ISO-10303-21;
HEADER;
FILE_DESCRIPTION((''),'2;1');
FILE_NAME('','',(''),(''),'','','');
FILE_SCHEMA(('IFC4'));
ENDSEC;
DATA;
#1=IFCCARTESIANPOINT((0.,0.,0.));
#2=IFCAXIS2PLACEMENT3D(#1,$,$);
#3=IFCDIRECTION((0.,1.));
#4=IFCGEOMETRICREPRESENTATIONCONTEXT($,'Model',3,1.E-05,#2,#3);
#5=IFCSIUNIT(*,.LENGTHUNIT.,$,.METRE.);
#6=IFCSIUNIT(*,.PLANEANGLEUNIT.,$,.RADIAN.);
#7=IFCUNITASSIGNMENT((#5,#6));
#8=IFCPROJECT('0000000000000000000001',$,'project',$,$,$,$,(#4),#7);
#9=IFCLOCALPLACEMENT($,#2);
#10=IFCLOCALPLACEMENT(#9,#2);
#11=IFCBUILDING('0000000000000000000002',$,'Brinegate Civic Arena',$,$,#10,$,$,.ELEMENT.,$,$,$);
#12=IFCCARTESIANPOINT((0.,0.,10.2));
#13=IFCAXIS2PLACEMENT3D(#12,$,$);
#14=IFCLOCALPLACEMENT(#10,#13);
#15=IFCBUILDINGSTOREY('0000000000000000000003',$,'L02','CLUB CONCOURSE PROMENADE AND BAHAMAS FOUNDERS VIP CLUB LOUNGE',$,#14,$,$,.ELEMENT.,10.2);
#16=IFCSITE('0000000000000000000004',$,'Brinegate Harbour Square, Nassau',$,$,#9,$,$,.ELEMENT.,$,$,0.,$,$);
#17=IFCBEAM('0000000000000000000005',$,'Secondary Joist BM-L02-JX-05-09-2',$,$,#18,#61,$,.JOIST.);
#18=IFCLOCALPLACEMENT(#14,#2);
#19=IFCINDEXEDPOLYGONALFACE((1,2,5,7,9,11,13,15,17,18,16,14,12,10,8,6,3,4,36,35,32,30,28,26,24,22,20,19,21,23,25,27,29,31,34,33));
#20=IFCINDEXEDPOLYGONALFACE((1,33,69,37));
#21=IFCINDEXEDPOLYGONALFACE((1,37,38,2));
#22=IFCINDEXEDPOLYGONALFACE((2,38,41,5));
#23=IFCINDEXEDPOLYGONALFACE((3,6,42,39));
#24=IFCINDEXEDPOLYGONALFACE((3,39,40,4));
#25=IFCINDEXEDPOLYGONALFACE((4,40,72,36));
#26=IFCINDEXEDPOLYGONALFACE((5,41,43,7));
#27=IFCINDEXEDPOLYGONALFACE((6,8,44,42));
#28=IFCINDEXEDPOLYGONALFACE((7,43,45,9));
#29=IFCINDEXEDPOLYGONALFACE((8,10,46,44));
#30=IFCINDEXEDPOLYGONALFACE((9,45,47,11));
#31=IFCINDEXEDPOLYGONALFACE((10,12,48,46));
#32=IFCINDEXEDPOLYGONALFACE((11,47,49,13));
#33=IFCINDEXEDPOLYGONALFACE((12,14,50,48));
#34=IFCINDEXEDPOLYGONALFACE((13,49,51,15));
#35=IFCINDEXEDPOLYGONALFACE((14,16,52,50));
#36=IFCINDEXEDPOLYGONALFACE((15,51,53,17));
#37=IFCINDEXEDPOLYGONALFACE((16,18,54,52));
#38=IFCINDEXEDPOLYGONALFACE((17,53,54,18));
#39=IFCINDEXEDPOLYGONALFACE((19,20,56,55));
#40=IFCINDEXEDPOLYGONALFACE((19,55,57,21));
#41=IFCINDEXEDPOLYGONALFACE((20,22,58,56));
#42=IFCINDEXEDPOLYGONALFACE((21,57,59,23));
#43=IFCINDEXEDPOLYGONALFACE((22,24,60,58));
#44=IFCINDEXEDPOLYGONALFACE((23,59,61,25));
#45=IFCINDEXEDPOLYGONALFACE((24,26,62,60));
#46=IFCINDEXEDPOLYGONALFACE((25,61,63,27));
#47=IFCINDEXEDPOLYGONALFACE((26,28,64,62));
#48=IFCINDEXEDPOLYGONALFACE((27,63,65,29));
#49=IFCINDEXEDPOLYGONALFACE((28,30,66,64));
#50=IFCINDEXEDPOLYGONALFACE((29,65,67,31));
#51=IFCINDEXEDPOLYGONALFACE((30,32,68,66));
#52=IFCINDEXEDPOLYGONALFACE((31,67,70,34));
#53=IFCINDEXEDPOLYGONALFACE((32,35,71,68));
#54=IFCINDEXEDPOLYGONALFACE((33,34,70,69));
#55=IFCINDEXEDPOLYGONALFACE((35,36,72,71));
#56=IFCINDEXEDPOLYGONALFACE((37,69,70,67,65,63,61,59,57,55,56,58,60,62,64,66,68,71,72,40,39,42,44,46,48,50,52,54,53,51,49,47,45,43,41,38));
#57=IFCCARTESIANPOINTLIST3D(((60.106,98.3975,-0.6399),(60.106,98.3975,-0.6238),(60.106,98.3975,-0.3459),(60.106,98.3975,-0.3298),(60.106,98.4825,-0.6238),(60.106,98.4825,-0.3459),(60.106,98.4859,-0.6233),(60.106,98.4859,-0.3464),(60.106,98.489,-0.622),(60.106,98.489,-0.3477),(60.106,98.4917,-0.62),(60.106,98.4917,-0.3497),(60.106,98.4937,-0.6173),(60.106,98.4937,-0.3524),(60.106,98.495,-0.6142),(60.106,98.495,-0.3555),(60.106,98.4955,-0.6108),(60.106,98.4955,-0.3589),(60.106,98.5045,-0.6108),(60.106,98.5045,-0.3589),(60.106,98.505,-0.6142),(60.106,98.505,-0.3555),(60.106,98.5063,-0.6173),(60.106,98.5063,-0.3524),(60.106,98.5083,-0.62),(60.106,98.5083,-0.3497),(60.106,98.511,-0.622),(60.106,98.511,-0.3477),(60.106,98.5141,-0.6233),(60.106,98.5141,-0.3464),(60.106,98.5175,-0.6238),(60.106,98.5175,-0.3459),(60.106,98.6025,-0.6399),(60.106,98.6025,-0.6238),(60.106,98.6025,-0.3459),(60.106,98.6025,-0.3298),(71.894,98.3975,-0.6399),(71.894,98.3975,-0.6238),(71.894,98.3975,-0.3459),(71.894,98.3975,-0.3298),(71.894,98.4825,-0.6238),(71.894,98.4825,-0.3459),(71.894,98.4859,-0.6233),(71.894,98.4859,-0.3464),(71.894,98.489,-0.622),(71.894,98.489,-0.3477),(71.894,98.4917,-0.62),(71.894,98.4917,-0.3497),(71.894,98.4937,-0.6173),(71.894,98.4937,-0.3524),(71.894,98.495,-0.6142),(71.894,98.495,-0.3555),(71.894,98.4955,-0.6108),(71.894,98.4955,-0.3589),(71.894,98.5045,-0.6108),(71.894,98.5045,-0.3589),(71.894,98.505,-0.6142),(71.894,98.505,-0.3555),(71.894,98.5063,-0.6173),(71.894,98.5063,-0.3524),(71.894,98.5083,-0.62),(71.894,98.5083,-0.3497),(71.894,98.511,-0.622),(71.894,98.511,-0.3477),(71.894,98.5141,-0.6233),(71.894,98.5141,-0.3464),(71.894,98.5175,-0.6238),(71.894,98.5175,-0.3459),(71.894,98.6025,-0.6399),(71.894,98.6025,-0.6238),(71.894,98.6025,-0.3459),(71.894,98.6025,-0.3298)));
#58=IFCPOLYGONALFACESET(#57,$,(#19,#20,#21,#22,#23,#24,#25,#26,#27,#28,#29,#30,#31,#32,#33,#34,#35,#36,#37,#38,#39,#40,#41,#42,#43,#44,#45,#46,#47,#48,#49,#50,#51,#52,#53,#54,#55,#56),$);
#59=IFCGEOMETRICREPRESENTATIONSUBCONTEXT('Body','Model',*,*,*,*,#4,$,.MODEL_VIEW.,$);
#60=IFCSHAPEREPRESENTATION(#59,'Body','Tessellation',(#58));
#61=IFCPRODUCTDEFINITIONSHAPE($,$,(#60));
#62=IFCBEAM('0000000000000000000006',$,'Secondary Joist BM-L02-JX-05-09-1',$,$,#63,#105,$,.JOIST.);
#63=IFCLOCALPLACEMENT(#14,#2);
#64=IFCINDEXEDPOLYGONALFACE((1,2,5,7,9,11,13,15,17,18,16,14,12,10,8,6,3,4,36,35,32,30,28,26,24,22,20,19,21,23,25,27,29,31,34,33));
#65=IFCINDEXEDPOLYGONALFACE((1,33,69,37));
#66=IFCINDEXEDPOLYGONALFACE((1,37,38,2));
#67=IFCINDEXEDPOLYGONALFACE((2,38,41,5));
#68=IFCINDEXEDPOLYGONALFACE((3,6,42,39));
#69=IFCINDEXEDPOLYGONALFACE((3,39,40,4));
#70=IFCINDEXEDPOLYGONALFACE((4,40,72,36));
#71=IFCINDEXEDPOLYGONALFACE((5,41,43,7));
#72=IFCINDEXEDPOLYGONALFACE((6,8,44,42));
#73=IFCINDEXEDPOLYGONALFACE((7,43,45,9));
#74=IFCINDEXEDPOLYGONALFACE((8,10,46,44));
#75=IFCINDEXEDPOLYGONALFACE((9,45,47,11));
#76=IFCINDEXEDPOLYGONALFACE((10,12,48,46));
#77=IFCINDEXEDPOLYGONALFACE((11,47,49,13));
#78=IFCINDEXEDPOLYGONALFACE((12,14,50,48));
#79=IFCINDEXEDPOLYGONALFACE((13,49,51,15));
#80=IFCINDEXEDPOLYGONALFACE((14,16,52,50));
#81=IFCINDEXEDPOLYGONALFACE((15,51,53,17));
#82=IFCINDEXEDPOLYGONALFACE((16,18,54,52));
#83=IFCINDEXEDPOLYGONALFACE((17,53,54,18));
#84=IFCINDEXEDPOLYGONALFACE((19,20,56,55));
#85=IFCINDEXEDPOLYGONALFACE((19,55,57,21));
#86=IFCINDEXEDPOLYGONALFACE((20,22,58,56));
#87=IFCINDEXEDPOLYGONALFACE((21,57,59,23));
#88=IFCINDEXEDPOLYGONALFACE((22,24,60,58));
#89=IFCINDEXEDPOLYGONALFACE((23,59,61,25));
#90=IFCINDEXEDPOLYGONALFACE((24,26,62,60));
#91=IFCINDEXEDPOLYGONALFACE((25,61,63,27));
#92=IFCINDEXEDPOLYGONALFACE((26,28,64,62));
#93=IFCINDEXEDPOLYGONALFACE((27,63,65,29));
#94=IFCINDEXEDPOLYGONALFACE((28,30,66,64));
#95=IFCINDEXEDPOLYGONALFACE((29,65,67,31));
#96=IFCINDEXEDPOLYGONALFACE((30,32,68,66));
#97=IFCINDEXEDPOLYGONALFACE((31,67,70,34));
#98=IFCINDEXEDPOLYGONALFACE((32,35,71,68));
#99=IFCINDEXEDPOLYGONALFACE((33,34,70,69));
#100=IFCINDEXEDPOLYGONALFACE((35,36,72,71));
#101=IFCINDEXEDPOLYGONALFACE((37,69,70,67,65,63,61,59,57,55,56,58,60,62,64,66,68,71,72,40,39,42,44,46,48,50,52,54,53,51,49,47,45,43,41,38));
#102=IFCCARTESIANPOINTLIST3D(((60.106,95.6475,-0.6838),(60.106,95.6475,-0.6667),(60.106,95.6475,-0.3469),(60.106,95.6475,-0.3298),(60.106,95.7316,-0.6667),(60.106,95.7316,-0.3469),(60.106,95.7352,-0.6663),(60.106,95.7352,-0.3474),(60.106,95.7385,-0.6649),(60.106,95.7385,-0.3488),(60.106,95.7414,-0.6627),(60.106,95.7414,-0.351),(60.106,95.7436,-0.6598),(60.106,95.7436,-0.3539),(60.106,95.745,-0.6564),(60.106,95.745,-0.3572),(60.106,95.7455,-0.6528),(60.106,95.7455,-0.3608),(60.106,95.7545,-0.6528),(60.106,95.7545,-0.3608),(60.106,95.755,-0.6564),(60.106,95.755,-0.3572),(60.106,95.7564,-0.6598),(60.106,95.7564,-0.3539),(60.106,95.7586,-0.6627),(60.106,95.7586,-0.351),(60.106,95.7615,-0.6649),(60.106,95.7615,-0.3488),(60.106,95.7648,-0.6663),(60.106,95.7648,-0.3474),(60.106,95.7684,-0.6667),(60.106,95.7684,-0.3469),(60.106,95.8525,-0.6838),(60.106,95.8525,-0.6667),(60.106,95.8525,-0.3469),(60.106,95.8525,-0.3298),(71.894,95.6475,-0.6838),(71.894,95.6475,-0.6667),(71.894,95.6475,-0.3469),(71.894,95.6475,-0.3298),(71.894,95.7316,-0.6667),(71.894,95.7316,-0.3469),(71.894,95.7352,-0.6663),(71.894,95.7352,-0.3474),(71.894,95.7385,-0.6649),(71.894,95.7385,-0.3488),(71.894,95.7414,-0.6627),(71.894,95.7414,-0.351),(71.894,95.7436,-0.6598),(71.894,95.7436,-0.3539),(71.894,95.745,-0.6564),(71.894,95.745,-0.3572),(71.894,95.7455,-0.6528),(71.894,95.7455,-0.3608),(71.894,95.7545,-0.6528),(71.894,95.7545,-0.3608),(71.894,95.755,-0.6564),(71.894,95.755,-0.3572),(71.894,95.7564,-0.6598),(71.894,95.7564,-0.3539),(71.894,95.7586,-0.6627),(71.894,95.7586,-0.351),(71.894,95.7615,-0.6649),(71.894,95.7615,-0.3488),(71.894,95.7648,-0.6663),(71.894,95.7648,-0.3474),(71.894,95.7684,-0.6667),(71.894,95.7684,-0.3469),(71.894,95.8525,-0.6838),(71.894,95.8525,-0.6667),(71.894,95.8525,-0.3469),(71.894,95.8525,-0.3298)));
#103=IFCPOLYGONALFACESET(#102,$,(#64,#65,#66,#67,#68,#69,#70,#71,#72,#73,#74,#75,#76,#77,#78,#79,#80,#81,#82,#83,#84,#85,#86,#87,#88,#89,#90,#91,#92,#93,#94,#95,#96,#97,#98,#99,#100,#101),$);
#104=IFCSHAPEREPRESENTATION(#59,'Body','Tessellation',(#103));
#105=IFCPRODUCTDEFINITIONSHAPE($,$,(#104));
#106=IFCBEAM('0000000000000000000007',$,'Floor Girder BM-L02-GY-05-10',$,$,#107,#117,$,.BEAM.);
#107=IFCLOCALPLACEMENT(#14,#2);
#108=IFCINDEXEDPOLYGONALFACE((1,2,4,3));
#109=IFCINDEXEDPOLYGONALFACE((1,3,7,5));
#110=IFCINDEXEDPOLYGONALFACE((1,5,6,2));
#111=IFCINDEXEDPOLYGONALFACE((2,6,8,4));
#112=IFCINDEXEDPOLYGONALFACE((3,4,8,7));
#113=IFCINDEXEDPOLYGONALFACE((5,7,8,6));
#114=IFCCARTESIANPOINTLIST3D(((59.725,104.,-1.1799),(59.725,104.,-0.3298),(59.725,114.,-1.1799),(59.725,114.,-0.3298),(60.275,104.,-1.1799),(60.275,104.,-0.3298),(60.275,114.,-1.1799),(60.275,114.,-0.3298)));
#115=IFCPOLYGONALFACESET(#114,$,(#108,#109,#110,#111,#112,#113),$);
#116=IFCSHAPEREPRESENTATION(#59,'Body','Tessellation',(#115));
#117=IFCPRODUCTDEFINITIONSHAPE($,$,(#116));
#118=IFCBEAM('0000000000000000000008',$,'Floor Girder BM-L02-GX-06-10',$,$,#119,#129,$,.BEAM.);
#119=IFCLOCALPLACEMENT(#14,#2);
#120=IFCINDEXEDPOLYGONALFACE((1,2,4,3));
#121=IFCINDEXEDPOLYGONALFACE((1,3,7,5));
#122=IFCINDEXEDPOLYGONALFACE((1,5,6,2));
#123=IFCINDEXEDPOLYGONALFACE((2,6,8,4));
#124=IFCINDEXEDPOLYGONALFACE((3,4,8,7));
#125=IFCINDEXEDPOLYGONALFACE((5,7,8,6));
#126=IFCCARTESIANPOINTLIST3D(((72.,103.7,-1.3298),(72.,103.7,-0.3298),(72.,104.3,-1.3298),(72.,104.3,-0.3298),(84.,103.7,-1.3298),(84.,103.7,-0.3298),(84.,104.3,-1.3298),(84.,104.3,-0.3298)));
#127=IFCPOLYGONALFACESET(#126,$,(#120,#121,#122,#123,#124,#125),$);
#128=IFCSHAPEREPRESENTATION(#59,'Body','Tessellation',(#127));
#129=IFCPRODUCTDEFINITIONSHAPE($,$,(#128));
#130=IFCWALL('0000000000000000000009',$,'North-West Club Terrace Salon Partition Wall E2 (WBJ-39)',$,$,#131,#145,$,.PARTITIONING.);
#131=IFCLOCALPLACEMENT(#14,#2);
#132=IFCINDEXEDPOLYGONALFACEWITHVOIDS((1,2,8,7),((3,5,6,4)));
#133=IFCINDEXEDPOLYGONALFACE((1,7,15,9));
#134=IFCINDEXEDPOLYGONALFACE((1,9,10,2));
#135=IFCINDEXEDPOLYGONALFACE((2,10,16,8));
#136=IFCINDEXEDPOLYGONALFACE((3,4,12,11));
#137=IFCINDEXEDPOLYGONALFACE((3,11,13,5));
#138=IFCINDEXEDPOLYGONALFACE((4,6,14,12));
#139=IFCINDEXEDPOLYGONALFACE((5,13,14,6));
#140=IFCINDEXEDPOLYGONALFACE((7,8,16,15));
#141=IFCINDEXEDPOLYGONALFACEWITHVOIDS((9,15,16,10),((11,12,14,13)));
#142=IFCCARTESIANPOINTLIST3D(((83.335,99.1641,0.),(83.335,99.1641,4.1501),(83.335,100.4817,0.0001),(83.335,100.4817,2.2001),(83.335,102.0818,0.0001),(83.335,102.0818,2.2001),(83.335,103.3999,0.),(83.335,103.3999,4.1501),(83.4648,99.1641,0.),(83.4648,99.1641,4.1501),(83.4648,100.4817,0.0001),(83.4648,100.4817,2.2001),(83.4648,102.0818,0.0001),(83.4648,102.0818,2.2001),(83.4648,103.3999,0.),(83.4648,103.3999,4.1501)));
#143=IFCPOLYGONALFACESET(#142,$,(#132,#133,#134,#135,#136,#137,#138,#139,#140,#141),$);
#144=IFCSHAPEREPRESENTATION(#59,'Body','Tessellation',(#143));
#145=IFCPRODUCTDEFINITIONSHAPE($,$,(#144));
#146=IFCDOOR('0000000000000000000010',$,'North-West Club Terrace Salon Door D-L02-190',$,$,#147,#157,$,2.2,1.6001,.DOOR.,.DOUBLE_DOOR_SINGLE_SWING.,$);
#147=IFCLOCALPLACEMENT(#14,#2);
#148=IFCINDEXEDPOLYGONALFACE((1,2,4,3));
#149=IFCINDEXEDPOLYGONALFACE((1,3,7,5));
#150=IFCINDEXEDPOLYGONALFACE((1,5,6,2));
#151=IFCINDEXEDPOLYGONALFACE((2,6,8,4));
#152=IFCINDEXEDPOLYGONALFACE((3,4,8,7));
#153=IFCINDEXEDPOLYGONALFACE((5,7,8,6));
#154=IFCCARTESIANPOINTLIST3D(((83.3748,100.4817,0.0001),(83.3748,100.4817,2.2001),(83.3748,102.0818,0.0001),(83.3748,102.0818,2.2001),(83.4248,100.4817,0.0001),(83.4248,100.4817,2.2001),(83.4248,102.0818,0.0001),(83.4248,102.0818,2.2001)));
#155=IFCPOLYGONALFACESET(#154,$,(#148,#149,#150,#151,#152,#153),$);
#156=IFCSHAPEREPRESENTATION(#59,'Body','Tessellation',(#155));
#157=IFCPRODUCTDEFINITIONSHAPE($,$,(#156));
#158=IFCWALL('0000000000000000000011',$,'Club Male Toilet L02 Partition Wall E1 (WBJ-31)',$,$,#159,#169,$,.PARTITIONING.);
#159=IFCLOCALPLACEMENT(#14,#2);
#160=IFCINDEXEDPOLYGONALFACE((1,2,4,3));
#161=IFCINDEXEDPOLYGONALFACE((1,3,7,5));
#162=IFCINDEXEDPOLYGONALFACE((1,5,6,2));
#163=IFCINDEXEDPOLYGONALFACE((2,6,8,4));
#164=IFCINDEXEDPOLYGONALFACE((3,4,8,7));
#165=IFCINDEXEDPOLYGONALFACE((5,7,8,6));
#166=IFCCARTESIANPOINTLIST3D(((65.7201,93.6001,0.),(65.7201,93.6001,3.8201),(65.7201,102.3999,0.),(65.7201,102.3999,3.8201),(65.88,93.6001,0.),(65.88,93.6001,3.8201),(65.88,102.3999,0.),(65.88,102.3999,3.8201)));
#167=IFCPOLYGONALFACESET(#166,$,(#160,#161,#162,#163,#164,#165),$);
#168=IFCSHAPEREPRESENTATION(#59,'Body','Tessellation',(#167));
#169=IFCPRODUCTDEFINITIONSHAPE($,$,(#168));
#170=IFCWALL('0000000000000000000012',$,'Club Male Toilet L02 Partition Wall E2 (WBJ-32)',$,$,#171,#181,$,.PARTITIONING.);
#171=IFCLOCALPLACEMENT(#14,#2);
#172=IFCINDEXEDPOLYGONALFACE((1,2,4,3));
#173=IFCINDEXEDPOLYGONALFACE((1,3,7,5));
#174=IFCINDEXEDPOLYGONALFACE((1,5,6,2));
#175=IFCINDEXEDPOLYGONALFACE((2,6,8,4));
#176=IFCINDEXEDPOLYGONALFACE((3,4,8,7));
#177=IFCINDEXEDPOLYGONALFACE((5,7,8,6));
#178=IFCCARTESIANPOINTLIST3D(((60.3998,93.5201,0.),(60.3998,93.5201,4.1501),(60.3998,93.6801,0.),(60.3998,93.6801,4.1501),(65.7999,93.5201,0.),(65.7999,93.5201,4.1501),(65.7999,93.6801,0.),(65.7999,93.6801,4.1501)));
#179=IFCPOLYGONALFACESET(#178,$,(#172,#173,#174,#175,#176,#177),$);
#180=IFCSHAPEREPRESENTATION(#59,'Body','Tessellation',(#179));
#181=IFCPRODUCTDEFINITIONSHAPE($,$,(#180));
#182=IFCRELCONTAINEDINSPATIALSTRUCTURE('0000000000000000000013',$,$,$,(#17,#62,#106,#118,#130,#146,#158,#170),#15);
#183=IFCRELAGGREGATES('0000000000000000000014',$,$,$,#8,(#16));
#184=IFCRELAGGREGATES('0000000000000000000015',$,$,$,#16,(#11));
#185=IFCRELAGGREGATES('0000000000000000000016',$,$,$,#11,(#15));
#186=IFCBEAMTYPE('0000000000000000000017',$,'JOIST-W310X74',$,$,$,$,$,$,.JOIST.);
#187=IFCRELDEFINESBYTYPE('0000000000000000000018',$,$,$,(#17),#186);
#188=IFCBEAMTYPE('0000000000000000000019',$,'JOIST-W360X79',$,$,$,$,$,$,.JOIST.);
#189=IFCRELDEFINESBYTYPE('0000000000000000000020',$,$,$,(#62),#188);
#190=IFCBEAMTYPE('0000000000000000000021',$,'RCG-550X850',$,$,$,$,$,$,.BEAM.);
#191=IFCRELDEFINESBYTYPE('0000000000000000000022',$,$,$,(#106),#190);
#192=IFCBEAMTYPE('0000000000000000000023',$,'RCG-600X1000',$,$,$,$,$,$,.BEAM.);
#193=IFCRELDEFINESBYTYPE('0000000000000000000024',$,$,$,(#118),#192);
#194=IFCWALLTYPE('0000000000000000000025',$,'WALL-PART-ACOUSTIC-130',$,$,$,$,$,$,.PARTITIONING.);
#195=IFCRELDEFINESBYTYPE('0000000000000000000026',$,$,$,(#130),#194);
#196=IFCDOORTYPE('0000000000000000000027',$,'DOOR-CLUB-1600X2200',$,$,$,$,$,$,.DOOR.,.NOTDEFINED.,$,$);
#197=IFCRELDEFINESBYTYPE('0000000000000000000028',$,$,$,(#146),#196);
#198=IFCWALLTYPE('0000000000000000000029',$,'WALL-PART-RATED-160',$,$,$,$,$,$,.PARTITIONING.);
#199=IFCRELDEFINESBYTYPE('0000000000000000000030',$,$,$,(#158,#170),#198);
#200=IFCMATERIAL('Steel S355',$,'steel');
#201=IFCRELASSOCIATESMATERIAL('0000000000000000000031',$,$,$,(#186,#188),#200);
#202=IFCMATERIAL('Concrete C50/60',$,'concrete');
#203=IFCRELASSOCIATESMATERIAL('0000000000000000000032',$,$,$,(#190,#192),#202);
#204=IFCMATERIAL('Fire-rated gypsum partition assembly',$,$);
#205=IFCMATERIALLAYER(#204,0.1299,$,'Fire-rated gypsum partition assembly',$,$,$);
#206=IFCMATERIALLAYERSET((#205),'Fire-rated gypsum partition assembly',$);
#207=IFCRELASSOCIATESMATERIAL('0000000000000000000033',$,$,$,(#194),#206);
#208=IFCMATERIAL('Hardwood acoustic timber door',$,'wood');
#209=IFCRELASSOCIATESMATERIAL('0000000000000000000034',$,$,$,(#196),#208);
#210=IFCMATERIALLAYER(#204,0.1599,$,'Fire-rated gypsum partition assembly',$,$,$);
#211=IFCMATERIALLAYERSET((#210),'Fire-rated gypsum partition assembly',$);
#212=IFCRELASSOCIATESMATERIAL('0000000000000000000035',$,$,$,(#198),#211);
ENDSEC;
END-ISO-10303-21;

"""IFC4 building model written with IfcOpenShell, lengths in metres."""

from ifc_helpers import new_model, si_unit, direction, frame, frame_2d, origin, origin_2d, place, context, subcontext, project, spatial, rectangle, i_section, extrude, material, layer, layer_set, material_profile, profile_set, type_object, element, fill, save


model = new_model("IFC4")

# Units and contexts
model_context = context("Model", 3, precision=1e-05, world=origin(), true_north=direction((0.0, 1.0)))
body_context = subcontext(model_context, "Body", "Model", "MODEL_VIEW")
ifc_project = project(units=[si_unit("LENGTHUNIT", "METRE"), si_unit("PLANEANGLEUNIT", "RADIAN")], contexts=[model_context])

# Site, building, storey
site_placement = place(None, origin())
site = spatial("IfcSite", under=ifc_project, at=site_placement, Name="Brinegate Harbour Square, Nassau", CompositionType="ELEMENT", RefElevation=0.0)
building_placement = place(site_placement, origin())
building = spatial("IfcBuilding", under=site, at=building_placement, Name="Brinegate Civic Arena", CompositionType="ELEMENT")
storey_placement = place(building_placement, frame((0.0, 0.0, 10.2)))
storey = spatial("IfcBuildingStorey", under=building, at=storey_placement, Name="L02", Description="CLUB CONCOURSE PROMENADE AND BAHAMAS FOUNDERS VIP CLUB LOUNGE", CompositionType="ELEMENT", Elevation=10.2)

# Shared definitions
ifc_material_1 = material(Name="Concrete C50/60", Category="concrete")

# Beams
ifc_material_2 = material(Name="Steel S355", Category="steel")
ifc_material_profile_1 = material_profile(ifc_material_2, i_section(OverallWidth=0.2051, OverallDepth=0.3101, WebThickness=0.009, FlangeThickness=0.0161, FilletRadius=0.0129, at=origin_2d()), Name="W310X74")
ifc_profile_set_1 = profile_set([ifc_material_profile_1], Name="Steel S355")
beam_type_1 = type_object("IfcBeamType", Name="JOIST-W310X74", PredefinedType="JOIST", material=ifc_profile_set_1)
beam_1_placement = place(storey_placement, frame((60.106, 98.5, -0.4849), z_axis=(1.0, 0.0, 0.0), x_axis=(0.0, 1.0, 0.0)))
element("IfcBeam", 1, at=beam_1_placement, inside=storey, type_object=beam_type_1, Name="Secondary Joist BM-L02-JX-05-09-2", PredefinedType="JOIST", context=body_context, shape_type="SweptSolid", body=[
    extrude(i_section(OverallWidth=0.2051, OverallDepth=0.3101, WebThickness=0.009, FlangeThickness=0.0161, FilletRadius=0.0129, at=origin_2d()), origin(), (0.0, 0.0, 1.0), 11.7881),
])
ifc_material_profile_2 = material_profile(ifc_material_2, i_section(OverallWidth=0.2051, OverallDepth=0.354, WebThickness=0.009, FlangeThickness=0.0171, FilletRadius=0.0139, at=origin_2d()), Name="W360X79")
ifc_profile_set_2 = profile_set([ifc_material_profile_2], Name="Steel S355")
beam_type_2 = type_object("IfcBeamType", Name="JOIST-W360X79", PredefinedType="JOIST", material=ifc_profile_set_2)
beam_2_placement = place(storey_placement, frame((60.106, 95.75, -0.5068), z_axis=(1.0, 0.0, 0.0), x_axis=(0.0, 1.0, 0.0)))
element("IfcBeam", 2, at=beam_2_placement, inside=storey, type_object=beam_type_2, Name="Secondary Joist BM-L02-JX-05-09-1", PredefinedType="JOIST", context=body_context, shape_type="SweptSolid", body=[
    extrude(i_section(OverallWidth=0.2051, OverallDepth=0.354, WebThickness=0.009, FlangeThickness=0.0171, FilletRadius=0.0139, at=origin_2d()), origin(), (0.0, 0.0, 1.0), 11.7881),
])
ifc_material_profile_3 = material_profile(ifc_material_1, rectangle(XDim=0.55, YDim=0.8501, at=origin_2d()), Name="RCB550X850")
ifc_profile_set_3 = profile_set([ifc_material_profile_3], Name="Concrete C50/60")
beam_type_3 = type_object("IfcBeamType", Name="RCG-550X850", PredefinedType="BEAM", material=ifc_profile_set_3)
beam_3_placement = place(storey_placement, frame((60.0, 104.0, -0.7549), z_axis=(0.0, 1.0, 0.0), x_axis=(-1.0, 0.0, 0.0)))
element("IfcBeam", 3, at=beam_3_placement, inside=storey, type_object=beam_type_3, Name="Floor Girder BM-L02-GY-05-10", PredefinedType="BEAM", context=body_context, shape_type="SweptSolid", body=[
    extrude(rectangle(XDim=0.55, YDim=0.8501, at=origin_2d()), origin(), (0.0, 0.0, 1.0), 10.0),
])
ifc_material_profile_4 = material_profile(ifc_material_1, rectangle(XDim=0.6001, YDim=1.0, at=origin_2d()), Name="RCB600X1000")
ifc_profile_set_4 = profile_set([ifc_material_profile_4], Name="Concrete C50/60")
beam_type_4 = type_object("IfcBeamType", Name="RCG-600X1000", PredefinedType="BEAM", material=ifc_profile_set_4)
beam_4_placement = place(storey_placement, frame((72.0, 104.0, -0.8298), z_axis=(1.0, 0.0, 0.0), x_axis=(0.0, 1.0, 0.0)))
element("IfcBeam", 4, at=beam_4_placement, inside=storey, type_object=beam_type_4, Name="Floor Girder BM-L02-GX-06-10", PredefinedType="BEAM", context=body_context, shape_type="SweptSolid", body=[
    extrude(rectangle(XDim=0.6001, YDim=1.0, at=origin_2d()), origin(), (0.0, 0.0, 1.0), 12.0),
])

# Wall, opening, door
ifc_material_3 = material(Name="Fire-rated gypsum partition assembly")
ifc_layer_1 = layer(ifc_material_3, 0.1299, Name="Fire-rated gypsum partition assembly")
ifc_layer_set_1 = layer_set([ifc_layer_1], Name="Fire-rated gypsum partition assembly")
wall_type_1 = type_object("IfcWallType", Name="WALL-PART-ACOUSTIC-130", PredefinedType="PARTITIONING", material=ifc_layer_set_1)
wall_1_placement = place(storey_placement, frame((83.3999, 103.3999, 0.0), z_axis=(0.0, 0.0, 1.0), x_axis=(0.0, -1.0, 0.0)))
wall_1 = element("IfcWall", 5, at=wall_1_placement, inside=storey, type_object=wall_type_1, Name="North-West Club Terrace Salon Partition Wall E2 (WBJ-39)", PredefinedType="PARTITIONING", context=body_context, shape_type="SweptSolid", body=[
    extrude(rectangle(XDim=4.2358, YDim=0.1299, at=frame_2d((2.1179, 0.0))), origin(), (0.0, 0.0, 1.0), 4.1501),
])
opening_1_placement = place(wall_1_placement, frame((1.3181, 0.0, 0.0)))
opening_1 = element("IfcOpeningElement", 6, at=opening_1_placement, cuts=wall_1, PredefinedType="OPENING", context=body_context, shape_type="SweptSolid", body=[
    extrude(rectangle(XDim=1.6001, YDim=2.2, at=frame_2d((0.8, 1.1001))), frame((0.0, 0.075, 0.0), z_axis=(0.0, -1.0, 0.0), x_axis=(1.0, 0.0, 0.0)), (0.0, 0.0, 1.0), 0.1499),
])
ifc_material_4 = material(Name="Hardwood acoustic timber door", Category="wood")
door_type_1 = type_object("IfcDoorType", Name="DOOR-CLUB-1600X2200", OperationType="NOTDEFINED", PredefinedType="DOOR", material=ifc_material_4)
door_1_placement = place(opening_1_placement, origin())
door_1 = element("IfcDoor", 7, at=door_1_placement, inside=storey, type_object=door_type_1, Name="North-West Club Terrace Salon Door D-L02-190", OperationType="DOUBLE_DOOR_SINGLE_SWING", OverallHeight=2.2, OverallWidth=1.6001, PredefinedType="DOOR", context=body_context, shape_type="SweptSolid", body=[
    extrude(rectangle(XDim=1.6001, YDim=2.2, at=frame_2d((0.8, 1.1001))), frame((0.0, 0.0249, 0.0), z_axis=(0.0, -1.0, 0.0), x_axis=(1.0, 0.0, 0.0)), (0.0, 0.0, 1.0), 0.05),
])
fill(opening_1, door_1)

# Walls
ifc_layer_2 = layer(ifc_material_3, 0.1599, Name="Fire-rated gypsum partition assembly")
ifc_layer_set_2 = layer_set([ifc_layer_2], Name="Fire-rated gypsum partition assembly")
wall_type_2 = type_object("IfcWallType", Name="WALL-PART-RATED-160", PredefinedType="PARTITIONING", material=ifc_layer_set_2)
wall_2_placement = place(storey_placement, frame((65.8, 102.3999, 0.0), z_axis=(0.0, 0.0, 1.0), x_axis=(0.0, -1.0, 0.0)))
element("IfcWall", 8, at=wall_2_placement, inside=storey, type_object=wall_type_2, Name="Club Male Toilet L02 Partition Wall E1 (WBJ-31)", PredefinedType="PARTITIONING", context=body_context, shape_type="SweptSolid", body=[
    extrude(rectangle(XDim=8.7998, YDim=0.1599, at=frame_2d((4.3999, 0.0))), origin(), (0.0, 0.0, 1.0), 3.8201),
])
wall_3_placement = place(storey_placement, frame((65.8, 93.6001, 0.0), z_axis=(0.0, 0.0, 1.0), x_axis=(-1.0, 0.0, 0.0)))
element("IfcWall", 9, at=wall_3_placement, inside=storey, type_object=wall_type_2, Name="Club Male Toilet L02 Partition Wall E2 (WBJ-32)", PredefinedType="PARTITIONING", context=body_context, shape_type="SweptSolid", body=[
    extrude(rectangle(XDim=5.4001, YDim=0.1599, at=frame_2d((2.7002, 0.0))), origin(), (0.0, 0.0, 1.0), 4.1501),
])

save(model, "model.ifc")
